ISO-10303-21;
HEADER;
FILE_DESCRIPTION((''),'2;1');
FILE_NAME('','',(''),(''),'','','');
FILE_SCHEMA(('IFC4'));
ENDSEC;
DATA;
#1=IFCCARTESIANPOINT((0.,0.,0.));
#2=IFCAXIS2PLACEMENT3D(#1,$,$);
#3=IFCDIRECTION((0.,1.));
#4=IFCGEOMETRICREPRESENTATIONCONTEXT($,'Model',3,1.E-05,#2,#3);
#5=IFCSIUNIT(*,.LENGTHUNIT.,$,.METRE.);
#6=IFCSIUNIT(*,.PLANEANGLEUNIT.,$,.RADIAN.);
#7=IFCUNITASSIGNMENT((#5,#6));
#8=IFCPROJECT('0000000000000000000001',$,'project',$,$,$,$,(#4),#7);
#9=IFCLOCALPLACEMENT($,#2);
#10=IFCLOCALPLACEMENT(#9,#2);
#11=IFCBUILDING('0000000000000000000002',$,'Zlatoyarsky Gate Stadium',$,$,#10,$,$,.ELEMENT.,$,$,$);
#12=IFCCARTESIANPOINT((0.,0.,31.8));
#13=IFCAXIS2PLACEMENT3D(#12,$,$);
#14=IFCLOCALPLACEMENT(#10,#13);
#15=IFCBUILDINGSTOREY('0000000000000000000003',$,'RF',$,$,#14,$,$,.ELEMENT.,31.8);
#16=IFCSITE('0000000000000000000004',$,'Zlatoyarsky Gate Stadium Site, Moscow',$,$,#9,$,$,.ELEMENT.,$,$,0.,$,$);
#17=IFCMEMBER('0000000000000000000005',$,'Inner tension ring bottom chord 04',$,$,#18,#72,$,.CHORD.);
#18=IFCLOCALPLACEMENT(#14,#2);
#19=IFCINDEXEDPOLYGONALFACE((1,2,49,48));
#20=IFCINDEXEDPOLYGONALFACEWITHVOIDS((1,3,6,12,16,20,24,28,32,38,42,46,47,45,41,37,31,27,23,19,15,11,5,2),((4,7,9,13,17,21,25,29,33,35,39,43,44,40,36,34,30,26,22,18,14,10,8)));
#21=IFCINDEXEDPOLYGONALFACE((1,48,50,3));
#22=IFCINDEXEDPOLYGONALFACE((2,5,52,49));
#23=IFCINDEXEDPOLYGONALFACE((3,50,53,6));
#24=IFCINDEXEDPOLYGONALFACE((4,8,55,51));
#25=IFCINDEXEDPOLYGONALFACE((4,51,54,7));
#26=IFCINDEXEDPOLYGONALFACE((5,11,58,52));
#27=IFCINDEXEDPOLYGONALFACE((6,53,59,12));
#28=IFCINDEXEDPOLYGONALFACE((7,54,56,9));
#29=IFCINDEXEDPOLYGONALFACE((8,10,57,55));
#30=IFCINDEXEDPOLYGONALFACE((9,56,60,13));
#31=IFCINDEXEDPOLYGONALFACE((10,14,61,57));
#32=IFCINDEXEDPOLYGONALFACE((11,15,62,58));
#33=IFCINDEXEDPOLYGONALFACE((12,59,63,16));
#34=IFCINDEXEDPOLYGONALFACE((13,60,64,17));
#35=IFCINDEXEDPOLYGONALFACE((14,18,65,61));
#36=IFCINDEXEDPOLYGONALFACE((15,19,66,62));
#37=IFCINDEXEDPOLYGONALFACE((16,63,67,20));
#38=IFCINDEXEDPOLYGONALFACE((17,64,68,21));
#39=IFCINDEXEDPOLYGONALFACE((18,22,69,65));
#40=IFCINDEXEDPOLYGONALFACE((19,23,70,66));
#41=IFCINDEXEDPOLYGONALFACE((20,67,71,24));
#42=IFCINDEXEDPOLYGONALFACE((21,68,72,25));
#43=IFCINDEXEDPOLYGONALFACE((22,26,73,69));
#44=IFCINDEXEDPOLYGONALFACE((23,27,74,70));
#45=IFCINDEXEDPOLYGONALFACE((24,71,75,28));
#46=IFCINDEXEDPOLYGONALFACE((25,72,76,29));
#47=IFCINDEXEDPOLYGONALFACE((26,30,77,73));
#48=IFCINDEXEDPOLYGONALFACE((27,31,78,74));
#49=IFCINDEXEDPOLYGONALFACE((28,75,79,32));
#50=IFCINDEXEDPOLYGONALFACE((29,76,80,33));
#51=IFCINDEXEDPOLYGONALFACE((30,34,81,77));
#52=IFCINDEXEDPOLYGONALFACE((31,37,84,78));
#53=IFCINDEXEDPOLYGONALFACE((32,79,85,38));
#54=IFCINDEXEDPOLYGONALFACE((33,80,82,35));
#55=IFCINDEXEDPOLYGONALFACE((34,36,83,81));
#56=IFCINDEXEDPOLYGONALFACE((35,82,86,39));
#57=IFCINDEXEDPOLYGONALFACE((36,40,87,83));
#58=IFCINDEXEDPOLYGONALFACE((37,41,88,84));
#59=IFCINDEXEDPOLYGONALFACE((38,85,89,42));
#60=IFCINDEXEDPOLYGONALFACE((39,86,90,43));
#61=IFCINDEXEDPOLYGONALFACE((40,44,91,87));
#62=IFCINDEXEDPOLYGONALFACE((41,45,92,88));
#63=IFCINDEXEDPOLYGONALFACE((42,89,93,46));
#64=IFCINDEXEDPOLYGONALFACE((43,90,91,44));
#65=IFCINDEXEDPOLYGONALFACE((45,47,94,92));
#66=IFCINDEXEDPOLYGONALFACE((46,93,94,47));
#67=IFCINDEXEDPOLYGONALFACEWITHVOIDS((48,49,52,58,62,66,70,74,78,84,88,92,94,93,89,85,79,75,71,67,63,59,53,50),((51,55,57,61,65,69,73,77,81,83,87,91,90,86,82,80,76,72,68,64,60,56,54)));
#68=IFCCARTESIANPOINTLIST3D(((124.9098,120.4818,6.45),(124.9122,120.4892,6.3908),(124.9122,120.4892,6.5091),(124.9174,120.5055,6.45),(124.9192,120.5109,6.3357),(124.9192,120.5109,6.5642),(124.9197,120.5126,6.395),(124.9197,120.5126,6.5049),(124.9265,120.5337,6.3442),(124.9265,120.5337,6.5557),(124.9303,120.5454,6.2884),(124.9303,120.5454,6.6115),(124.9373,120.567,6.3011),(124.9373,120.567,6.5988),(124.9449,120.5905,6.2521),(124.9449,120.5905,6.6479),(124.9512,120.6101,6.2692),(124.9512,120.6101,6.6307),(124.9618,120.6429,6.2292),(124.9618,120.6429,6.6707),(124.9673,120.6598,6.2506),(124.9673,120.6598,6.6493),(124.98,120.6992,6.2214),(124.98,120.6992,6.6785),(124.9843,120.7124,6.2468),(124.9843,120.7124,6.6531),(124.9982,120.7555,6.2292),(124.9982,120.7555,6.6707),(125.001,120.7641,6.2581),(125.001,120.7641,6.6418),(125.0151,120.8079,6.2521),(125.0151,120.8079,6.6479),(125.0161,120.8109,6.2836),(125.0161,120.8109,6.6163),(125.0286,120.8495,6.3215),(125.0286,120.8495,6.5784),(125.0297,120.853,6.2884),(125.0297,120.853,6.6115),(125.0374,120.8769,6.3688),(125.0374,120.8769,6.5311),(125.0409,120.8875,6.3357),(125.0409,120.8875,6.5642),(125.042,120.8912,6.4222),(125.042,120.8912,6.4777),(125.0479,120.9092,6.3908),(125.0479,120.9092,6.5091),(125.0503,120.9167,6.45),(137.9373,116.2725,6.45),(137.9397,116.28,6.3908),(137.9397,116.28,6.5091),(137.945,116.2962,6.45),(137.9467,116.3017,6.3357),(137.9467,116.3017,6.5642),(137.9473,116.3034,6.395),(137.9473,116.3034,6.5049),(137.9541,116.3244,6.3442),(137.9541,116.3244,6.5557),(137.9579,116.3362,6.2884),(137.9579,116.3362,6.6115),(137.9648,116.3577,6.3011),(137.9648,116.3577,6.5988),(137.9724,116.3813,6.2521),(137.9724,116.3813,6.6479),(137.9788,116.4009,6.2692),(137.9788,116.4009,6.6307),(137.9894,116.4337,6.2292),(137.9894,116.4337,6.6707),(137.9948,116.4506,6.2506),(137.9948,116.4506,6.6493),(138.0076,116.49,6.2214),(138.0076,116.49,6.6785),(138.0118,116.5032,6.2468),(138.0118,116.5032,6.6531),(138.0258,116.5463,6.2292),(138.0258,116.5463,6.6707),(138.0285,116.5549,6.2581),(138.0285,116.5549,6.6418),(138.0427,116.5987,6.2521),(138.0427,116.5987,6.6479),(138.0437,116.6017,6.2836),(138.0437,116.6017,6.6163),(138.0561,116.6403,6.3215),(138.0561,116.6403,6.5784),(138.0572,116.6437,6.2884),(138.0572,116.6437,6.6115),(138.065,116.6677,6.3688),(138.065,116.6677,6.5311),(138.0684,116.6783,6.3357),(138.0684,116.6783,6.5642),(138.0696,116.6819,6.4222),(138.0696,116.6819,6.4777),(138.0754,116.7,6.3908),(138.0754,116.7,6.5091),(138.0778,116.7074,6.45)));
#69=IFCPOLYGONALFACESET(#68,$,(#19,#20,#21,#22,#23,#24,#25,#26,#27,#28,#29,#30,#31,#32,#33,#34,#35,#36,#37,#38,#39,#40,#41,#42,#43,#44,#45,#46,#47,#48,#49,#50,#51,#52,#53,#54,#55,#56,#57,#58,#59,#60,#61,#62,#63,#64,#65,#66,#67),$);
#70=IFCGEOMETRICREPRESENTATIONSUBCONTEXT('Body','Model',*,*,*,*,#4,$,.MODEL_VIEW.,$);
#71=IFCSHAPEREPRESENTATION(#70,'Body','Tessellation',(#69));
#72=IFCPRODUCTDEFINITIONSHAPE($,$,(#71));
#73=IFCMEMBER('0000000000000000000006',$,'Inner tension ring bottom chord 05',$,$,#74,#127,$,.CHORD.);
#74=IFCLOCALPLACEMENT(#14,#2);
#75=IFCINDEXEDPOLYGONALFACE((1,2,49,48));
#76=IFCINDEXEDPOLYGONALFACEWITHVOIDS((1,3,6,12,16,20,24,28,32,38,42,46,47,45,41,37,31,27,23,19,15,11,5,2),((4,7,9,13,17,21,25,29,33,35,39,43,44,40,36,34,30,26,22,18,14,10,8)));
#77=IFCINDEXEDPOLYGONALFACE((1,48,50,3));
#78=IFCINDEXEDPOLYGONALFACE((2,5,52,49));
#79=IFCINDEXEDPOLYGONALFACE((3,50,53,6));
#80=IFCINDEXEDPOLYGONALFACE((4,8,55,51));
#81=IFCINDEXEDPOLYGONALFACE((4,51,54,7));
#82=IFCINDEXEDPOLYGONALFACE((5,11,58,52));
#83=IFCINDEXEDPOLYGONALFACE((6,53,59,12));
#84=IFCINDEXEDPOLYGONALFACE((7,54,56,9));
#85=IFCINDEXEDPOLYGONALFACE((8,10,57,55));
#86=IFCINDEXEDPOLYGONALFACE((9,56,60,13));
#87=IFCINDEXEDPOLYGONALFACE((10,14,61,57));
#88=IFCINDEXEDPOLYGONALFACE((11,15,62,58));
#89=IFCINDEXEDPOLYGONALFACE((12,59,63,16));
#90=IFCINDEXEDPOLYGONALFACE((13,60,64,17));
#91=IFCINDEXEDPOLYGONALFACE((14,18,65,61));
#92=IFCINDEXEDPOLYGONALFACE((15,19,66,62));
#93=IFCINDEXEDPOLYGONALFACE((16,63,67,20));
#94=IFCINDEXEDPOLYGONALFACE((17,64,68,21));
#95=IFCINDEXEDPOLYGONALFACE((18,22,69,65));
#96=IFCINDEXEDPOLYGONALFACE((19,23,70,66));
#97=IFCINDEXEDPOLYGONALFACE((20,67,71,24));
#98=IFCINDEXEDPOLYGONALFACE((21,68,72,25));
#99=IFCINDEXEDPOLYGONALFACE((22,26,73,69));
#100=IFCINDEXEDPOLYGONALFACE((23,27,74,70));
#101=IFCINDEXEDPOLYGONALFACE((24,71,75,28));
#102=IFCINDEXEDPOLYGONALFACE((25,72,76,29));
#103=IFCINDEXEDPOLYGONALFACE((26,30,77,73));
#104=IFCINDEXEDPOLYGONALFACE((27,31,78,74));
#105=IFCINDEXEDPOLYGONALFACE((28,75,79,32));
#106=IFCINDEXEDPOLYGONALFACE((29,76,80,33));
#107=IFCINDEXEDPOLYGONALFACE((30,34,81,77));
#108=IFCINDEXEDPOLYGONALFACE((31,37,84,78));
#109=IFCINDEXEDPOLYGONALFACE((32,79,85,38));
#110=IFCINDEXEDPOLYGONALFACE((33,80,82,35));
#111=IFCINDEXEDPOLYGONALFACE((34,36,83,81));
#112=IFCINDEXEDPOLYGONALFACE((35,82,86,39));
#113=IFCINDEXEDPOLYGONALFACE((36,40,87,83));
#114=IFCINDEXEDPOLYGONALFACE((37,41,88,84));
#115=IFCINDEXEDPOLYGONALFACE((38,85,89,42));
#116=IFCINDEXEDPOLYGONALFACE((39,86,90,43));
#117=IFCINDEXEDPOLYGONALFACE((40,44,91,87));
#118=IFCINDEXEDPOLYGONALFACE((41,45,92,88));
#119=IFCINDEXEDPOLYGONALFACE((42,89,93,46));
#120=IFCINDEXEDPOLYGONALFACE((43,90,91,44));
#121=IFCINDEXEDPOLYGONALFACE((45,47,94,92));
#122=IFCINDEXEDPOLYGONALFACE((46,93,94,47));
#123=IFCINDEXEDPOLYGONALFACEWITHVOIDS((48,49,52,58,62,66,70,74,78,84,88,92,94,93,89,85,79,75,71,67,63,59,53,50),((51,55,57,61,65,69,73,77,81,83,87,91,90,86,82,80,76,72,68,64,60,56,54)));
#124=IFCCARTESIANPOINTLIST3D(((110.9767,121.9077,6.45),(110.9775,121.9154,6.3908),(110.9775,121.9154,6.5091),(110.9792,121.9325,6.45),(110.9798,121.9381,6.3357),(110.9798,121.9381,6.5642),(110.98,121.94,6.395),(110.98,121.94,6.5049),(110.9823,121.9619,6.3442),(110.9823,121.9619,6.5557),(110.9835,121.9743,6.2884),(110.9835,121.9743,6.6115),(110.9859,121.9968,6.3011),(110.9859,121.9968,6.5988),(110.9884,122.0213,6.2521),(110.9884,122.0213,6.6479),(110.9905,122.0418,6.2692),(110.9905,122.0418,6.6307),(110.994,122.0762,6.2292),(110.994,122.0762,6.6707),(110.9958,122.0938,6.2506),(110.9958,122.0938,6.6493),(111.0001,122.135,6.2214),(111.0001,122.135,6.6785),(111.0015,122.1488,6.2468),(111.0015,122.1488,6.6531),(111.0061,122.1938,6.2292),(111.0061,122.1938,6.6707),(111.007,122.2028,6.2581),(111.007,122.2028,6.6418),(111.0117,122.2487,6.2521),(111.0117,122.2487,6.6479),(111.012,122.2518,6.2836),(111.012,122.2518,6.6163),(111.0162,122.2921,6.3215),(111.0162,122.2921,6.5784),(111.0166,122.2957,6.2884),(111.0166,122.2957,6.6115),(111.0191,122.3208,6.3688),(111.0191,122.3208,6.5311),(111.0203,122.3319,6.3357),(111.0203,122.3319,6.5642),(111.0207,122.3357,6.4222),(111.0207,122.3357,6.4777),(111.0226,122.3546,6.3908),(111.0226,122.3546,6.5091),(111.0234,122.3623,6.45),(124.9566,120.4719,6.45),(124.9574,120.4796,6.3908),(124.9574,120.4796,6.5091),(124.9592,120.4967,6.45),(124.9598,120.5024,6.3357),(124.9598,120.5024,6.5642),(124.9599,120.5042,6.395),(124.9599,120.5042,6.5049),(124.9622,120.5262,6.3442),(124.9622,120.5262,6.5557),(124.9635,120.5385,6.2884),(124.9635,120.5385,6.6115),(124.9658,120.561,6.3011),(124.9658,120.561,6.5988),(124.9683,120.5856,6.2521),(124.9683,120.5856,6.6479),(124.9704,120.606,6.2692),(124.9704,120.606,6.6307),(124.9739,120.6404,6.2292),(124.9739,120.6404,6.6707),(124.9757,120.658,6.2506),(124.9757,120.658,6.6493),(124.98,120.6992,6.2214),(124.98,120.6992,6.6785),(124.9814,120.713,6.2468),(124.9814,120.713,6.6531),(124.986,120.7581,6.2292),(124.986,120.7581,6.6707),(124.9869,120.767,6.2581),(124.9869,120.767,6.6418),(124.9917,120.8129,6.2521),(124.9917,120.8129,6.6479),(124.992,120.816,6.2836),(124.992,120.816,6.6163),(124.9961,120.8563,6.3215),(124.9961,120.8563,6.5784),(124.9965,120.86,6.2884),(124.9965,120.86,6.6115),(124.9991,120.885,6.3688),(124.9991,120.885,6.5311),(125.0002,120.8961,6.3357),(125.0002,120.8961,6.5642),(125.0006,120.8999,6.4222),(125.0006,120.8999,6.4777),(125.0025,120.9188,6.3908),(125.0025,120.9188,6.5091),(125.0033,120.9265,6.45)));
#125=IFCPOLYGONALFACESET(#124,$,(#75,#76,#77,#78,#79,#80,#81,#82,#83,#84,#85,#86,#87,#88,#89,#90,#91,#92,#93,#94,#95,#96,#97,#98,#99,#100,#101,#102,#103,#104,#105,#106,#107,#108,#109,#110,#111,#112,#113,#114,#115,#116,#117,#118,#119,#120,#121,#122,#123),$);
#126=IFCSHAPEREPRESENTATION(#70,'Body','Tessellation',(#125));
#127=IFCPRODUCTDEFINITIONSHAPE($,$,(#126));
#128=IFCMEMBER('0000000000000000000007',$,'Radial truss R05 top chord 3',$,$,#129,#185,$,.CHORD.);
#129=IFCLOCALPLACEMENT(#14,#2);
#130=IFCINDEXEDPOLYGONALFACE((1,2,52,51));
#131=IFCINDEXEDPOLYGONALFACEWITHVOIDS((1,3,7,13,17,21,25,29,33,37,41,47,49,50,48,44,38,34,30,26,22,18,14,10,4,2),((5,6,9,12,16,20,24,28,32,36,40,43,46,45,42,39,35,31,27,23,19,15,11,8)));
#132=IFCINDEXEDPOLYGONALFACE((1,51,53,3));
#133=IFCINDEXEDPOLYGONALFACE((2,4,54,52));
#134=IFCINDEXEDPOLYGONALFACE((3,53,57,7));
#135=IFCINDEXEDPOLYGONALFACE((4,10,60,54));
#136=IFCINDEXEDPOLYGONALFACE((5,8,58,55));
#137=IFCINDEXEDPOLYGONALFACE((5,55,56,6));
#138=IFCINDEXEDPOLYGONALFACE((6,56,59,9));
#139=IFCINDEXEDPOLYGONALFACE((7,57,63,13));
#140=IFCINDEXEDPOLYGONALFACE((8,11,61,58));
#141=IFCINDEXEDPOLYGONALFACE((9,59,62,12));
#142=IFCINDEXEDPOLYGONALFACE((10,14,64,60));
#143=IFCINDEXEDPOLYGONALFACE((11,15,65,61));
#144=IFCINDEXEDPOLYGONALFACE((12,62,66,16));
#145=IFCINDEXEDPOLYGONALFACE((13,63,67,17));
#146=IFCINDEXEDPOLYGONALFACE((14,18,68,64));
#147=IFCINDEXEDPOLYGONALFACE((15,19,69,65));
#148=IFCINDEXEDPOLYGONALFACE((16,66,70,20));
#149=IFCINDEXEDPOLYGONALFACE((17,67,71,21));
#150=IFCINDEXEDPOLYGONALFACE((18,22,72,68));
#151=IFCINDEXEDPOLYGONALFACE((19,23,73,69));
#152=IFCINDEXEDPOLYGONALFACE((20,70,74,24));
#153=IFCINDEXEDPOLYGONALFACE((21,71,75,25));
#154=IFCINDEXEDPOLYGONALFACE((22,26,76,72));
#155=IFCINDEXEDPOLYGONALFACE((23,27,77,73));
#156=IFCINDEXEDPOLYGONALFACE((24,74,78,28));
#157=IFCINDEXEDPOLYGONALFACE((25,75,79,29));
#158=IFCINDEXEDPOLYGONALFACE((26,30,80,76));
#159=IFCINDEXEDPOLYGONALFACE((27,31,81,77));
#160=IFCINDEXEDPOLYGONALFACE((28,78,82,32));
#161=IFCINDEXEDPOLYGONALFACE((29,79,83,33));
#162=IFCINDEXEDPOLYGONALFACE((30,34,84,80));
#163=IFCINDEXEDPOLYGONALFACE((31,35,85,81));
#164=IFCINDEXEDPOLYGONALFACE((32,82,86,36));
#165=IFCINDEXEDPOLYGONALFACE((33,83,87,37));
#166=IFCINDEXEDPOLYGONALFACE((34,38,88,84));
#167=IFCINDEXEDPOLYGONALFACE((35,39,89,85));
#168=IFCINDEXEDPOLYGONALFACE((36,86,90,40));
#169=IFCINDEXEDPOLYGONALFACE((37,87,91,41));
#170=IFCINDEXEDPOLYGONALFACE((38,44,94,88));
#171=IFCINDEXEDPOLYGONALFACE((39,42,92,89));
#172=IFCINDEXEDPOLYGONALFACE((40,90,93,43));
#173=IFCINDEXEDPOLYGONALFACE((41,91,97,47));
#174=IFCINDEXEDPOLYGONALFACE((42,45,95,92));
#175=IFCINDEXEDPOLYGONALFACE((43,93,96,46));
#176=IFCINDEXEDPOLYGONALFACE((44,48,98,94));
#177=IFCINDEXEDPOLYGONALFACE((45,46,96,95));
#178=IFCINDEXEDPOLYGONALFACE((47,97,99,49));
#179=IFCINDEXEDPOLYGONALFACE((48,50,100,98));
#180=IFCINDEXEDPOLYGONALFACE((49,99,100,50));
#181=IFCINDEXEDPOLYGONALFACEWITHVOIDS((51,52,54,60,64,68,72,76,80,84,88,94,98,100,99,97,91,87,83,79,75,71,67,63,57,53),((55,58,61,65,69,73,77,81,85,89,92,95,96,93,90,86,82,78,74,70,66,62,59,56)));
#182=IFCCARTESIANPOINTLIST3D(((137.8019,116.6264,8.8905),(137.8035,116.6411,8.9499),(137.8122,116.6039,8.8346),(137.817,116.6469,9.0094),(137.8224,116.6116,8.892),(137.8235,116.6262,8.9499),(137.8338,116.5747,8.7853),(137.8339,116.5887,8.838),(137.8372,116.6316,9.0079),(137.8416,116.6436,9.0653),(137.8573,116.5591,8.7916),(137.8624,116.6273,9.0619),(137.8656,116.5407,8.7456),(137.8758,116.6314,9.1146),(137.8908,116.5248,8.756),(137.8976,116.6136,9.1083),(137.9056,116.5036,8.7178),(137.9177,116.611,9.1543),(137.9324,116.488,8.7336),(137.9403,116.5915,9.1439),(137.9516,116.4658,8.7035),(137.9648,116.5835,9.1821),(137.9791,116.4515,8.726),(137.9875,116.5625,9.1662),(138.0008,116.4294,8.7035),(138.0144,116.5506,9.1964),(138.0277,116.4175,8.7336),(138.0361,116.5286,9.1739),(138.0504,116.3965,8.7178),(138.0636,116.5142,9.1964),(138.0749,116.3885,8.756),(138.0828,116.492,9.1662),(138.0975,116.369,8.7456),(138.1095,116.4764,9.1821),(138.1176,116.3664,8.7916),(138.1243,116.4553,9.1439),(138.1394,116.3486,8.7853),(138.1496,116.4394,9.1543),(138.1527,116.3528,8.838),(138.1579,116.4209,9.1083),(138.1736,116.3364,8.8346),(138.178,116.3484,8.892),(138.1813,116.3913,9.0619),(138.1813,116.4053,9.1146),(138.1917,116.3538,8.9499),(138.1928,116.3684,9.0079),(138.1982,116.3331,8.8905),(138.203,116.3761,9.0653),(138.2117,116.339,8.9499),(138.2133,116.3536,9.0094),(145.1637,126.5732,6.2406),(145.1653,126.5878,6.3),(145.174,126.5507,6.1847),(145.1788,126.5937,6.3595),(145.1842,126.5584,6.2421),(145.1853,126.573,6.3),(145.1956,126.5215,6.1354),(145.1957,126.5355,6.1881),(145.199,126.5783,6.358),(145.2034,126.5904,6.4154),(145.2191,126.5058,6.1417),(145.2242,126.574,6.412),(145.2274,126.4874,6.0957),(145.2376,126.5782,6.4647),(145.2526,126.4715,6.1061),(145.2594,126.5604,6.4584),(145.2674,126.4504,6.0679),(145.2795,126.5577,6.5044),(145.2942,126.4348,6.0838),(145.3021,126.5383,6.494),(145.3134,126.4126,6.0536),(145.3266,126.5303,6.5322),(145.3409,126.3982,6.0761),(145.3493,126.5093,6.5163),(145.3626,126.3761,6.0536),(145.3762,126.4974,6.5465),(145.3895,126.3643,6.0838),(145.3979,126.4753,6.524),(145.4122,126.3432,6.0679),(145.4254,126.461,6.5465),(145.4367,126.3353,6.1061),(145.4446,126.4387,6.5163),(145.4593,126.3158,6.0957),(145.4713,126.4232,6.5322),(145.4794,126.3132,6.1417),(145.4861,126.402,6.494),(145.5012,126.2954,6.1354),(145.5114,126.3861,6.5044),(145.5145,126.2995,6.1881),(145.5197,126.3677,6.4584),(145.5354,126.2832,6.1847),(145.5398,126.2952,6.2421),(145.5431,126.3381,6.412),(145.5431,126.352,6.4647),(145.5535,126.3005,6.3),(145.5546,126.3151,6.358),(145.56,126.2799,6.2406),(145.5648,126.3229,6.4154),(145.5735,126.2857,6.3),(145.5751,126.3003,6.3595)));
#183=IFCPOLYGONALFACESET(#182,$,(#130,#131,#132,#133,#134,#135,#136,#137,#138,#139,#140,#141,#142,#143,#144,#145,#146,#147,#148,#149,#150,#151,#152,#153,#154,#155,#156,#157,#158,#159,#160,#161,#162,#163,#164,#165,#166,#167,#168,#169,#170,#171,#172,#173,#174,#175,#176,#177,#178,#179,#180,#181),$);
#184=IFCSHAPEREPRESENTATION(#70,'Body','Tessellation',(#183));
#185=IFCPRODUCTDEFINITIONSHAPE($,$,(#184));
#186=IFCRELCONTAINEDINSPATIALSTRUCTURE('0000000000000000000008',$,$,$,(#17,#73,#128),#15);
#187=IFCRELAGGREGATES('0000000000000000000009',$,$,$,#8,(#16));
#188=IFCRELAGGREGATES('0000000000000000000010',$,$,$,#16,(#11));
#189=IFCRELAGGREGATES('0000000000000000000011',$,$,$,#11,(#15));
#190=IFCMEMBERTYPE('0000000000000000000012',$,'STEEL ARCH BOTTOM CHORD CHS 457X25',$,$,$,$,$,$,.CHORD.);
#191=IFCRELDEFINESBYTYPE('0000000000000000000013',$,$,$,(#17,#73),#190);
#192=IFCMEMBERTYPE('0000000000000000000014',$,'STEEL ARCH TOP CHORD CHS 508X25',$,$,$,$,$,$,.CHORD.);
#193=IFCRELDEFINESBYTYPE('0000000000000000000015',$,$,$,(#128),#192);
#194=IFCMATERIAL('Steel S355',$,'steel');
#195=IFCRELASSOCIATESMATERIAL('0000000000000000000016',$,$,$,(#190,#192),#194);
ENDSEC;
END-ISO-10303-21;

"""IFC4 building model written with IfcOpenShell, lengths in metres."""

from ifc_helpers import new_model, si_unit, direction, frame, origin, origin_2d, place, context, subcontext, project, spatial, hollow_circle, extrude, material, material_profile, profile_set, type_object, element, save


model = new_model("IFC4")

# Units and contexts
model_context = context("Model", 3, precision=1e-05, world=origin(), true_north=direction((0.0, 1.0)))
body_context = subcontext(model_context, "Body", "Model", "MODEL_VIEW")
ifc_project = project(units=[si_unit("LENGTHUNIT", "METRE"), si_unit("PLANEANGLEUNIT", "RADIAN")], contexts=[model_context])

# Site, building, storey
site_placement = place(None, origin())
site = spatial("IfcSite", under=ifc_project, at=site_placement, Name="Zlatoyarsky Gate Stadium Site, Moscow", CompositionType="ELEMENT", RefElevation=0.0)
building_placement = place(site_placement, origin())
building = spatial("IfcBuilding", under=site, at=building_placement, Name="Zlatoyarsky Gate Stadium", CompositionType="ELEMENT")
storey_placement = place(building_placement, frame((0.0, 0.0, 31.8)))
storey = spatial("IfcBuildingStorey", under=building, at=storey_placement, Name="RF", CompositionType="ELEMENT", Elevation=31.8)

# Members
ifc_material = material(Name="Steel S355", Category="steel")
ifc_material_profile_1 = material_profile(ifc_material, hollow_circle(Radius=0.2285, WallThickness=0.0249, at=origin_2d()), Name="CHS 457X25")
ifc_profile_set_1 = profile_set([ifc_material_profile_1], Name="Steel S355")
member_type_1 = type_object("IfcMemberType", Name="STEEL ARCH BOTTOM CHORD CHS 457X25", PredefinedType="CHORD", material=ifc_profile_set_1)
member_1_placement = place(storey_placement, frame((138.0076, 116.49, 6.45), z_axis=(-0.951564, 0.307451, 0.0), x_axis=(-0.307451, -0.951564, 0.0)))
element("IfcMember", 1, at=member_1_placement, inside=storey, type_object=member_type_1, Name="Inner tension ring bottom chord 04", PredefinedType="CHORD", context=body_context, shape_type="SweptSolid", body=[
    extrude(hollow_circle(Radius=0.2285, WallThickness=0.0249, at=origin_2d()), origin(), (0.0, 0.0, 1.0), 13.6907),
])
member_2_placement = place(storey_placement, frame((124.98, 120.6992, 6.45), z_axis=(-0.994767, 0.102166, 0.0), x_axis=(-0.102166, -0.994767, 0.0)))
element("IfcMember", 2, at=member_2_placement, inside=storey, type_object=member_type_1, Name="Inner tension ring bottom chord 05", PredefinedType="CHORD", context=body_context, shape_type="SweptSolid", body=[
    extrude(hollow_circle(Radius=0.2285, WallThickness=0.0249, at=origin_2d()), origin(), (0.0, 0.0, 1.0), 14.0535),
])
ifc_material_profile_2 = material_profile(ifc_material, hollow_circle(Radius=0.2539, WallThickness=0.0249, at=origin_2d()), Name="CHS 508X25")
ifc_profile_set_2 = profile_set([ifc_material_profile_2], Name="Steel S355")
member_type_2 = type_object("IfcMemberType", Name="STEEL ARCH TOP CHORD CHS 508X25", PredefinedType="CHORD", material=ifc_profile_set_2)
member_3_placement = place(storey_placement, frame((145.3694, 126.4368, 6.3), z_axis=(-0.581718, -0.785977, 0.209391), x_axis=(0.803795, -0.594906, 0.0)))
element("IfcMember", 3, at=member_3_placement, inside=storey, type_object=member_type_2, Name="Radial truss R05 top chord 3", PredefinedType="CHORD", context=body_context, shape_type="SweptSolid", body=[
    extrude(hollow_circle(Radius=0.2539, WallThickness=0.0249, at=origin_2d()), origin(), (0.0, 0.0, 1.0), 12.6553),
])

save(model, "model.ifc")
